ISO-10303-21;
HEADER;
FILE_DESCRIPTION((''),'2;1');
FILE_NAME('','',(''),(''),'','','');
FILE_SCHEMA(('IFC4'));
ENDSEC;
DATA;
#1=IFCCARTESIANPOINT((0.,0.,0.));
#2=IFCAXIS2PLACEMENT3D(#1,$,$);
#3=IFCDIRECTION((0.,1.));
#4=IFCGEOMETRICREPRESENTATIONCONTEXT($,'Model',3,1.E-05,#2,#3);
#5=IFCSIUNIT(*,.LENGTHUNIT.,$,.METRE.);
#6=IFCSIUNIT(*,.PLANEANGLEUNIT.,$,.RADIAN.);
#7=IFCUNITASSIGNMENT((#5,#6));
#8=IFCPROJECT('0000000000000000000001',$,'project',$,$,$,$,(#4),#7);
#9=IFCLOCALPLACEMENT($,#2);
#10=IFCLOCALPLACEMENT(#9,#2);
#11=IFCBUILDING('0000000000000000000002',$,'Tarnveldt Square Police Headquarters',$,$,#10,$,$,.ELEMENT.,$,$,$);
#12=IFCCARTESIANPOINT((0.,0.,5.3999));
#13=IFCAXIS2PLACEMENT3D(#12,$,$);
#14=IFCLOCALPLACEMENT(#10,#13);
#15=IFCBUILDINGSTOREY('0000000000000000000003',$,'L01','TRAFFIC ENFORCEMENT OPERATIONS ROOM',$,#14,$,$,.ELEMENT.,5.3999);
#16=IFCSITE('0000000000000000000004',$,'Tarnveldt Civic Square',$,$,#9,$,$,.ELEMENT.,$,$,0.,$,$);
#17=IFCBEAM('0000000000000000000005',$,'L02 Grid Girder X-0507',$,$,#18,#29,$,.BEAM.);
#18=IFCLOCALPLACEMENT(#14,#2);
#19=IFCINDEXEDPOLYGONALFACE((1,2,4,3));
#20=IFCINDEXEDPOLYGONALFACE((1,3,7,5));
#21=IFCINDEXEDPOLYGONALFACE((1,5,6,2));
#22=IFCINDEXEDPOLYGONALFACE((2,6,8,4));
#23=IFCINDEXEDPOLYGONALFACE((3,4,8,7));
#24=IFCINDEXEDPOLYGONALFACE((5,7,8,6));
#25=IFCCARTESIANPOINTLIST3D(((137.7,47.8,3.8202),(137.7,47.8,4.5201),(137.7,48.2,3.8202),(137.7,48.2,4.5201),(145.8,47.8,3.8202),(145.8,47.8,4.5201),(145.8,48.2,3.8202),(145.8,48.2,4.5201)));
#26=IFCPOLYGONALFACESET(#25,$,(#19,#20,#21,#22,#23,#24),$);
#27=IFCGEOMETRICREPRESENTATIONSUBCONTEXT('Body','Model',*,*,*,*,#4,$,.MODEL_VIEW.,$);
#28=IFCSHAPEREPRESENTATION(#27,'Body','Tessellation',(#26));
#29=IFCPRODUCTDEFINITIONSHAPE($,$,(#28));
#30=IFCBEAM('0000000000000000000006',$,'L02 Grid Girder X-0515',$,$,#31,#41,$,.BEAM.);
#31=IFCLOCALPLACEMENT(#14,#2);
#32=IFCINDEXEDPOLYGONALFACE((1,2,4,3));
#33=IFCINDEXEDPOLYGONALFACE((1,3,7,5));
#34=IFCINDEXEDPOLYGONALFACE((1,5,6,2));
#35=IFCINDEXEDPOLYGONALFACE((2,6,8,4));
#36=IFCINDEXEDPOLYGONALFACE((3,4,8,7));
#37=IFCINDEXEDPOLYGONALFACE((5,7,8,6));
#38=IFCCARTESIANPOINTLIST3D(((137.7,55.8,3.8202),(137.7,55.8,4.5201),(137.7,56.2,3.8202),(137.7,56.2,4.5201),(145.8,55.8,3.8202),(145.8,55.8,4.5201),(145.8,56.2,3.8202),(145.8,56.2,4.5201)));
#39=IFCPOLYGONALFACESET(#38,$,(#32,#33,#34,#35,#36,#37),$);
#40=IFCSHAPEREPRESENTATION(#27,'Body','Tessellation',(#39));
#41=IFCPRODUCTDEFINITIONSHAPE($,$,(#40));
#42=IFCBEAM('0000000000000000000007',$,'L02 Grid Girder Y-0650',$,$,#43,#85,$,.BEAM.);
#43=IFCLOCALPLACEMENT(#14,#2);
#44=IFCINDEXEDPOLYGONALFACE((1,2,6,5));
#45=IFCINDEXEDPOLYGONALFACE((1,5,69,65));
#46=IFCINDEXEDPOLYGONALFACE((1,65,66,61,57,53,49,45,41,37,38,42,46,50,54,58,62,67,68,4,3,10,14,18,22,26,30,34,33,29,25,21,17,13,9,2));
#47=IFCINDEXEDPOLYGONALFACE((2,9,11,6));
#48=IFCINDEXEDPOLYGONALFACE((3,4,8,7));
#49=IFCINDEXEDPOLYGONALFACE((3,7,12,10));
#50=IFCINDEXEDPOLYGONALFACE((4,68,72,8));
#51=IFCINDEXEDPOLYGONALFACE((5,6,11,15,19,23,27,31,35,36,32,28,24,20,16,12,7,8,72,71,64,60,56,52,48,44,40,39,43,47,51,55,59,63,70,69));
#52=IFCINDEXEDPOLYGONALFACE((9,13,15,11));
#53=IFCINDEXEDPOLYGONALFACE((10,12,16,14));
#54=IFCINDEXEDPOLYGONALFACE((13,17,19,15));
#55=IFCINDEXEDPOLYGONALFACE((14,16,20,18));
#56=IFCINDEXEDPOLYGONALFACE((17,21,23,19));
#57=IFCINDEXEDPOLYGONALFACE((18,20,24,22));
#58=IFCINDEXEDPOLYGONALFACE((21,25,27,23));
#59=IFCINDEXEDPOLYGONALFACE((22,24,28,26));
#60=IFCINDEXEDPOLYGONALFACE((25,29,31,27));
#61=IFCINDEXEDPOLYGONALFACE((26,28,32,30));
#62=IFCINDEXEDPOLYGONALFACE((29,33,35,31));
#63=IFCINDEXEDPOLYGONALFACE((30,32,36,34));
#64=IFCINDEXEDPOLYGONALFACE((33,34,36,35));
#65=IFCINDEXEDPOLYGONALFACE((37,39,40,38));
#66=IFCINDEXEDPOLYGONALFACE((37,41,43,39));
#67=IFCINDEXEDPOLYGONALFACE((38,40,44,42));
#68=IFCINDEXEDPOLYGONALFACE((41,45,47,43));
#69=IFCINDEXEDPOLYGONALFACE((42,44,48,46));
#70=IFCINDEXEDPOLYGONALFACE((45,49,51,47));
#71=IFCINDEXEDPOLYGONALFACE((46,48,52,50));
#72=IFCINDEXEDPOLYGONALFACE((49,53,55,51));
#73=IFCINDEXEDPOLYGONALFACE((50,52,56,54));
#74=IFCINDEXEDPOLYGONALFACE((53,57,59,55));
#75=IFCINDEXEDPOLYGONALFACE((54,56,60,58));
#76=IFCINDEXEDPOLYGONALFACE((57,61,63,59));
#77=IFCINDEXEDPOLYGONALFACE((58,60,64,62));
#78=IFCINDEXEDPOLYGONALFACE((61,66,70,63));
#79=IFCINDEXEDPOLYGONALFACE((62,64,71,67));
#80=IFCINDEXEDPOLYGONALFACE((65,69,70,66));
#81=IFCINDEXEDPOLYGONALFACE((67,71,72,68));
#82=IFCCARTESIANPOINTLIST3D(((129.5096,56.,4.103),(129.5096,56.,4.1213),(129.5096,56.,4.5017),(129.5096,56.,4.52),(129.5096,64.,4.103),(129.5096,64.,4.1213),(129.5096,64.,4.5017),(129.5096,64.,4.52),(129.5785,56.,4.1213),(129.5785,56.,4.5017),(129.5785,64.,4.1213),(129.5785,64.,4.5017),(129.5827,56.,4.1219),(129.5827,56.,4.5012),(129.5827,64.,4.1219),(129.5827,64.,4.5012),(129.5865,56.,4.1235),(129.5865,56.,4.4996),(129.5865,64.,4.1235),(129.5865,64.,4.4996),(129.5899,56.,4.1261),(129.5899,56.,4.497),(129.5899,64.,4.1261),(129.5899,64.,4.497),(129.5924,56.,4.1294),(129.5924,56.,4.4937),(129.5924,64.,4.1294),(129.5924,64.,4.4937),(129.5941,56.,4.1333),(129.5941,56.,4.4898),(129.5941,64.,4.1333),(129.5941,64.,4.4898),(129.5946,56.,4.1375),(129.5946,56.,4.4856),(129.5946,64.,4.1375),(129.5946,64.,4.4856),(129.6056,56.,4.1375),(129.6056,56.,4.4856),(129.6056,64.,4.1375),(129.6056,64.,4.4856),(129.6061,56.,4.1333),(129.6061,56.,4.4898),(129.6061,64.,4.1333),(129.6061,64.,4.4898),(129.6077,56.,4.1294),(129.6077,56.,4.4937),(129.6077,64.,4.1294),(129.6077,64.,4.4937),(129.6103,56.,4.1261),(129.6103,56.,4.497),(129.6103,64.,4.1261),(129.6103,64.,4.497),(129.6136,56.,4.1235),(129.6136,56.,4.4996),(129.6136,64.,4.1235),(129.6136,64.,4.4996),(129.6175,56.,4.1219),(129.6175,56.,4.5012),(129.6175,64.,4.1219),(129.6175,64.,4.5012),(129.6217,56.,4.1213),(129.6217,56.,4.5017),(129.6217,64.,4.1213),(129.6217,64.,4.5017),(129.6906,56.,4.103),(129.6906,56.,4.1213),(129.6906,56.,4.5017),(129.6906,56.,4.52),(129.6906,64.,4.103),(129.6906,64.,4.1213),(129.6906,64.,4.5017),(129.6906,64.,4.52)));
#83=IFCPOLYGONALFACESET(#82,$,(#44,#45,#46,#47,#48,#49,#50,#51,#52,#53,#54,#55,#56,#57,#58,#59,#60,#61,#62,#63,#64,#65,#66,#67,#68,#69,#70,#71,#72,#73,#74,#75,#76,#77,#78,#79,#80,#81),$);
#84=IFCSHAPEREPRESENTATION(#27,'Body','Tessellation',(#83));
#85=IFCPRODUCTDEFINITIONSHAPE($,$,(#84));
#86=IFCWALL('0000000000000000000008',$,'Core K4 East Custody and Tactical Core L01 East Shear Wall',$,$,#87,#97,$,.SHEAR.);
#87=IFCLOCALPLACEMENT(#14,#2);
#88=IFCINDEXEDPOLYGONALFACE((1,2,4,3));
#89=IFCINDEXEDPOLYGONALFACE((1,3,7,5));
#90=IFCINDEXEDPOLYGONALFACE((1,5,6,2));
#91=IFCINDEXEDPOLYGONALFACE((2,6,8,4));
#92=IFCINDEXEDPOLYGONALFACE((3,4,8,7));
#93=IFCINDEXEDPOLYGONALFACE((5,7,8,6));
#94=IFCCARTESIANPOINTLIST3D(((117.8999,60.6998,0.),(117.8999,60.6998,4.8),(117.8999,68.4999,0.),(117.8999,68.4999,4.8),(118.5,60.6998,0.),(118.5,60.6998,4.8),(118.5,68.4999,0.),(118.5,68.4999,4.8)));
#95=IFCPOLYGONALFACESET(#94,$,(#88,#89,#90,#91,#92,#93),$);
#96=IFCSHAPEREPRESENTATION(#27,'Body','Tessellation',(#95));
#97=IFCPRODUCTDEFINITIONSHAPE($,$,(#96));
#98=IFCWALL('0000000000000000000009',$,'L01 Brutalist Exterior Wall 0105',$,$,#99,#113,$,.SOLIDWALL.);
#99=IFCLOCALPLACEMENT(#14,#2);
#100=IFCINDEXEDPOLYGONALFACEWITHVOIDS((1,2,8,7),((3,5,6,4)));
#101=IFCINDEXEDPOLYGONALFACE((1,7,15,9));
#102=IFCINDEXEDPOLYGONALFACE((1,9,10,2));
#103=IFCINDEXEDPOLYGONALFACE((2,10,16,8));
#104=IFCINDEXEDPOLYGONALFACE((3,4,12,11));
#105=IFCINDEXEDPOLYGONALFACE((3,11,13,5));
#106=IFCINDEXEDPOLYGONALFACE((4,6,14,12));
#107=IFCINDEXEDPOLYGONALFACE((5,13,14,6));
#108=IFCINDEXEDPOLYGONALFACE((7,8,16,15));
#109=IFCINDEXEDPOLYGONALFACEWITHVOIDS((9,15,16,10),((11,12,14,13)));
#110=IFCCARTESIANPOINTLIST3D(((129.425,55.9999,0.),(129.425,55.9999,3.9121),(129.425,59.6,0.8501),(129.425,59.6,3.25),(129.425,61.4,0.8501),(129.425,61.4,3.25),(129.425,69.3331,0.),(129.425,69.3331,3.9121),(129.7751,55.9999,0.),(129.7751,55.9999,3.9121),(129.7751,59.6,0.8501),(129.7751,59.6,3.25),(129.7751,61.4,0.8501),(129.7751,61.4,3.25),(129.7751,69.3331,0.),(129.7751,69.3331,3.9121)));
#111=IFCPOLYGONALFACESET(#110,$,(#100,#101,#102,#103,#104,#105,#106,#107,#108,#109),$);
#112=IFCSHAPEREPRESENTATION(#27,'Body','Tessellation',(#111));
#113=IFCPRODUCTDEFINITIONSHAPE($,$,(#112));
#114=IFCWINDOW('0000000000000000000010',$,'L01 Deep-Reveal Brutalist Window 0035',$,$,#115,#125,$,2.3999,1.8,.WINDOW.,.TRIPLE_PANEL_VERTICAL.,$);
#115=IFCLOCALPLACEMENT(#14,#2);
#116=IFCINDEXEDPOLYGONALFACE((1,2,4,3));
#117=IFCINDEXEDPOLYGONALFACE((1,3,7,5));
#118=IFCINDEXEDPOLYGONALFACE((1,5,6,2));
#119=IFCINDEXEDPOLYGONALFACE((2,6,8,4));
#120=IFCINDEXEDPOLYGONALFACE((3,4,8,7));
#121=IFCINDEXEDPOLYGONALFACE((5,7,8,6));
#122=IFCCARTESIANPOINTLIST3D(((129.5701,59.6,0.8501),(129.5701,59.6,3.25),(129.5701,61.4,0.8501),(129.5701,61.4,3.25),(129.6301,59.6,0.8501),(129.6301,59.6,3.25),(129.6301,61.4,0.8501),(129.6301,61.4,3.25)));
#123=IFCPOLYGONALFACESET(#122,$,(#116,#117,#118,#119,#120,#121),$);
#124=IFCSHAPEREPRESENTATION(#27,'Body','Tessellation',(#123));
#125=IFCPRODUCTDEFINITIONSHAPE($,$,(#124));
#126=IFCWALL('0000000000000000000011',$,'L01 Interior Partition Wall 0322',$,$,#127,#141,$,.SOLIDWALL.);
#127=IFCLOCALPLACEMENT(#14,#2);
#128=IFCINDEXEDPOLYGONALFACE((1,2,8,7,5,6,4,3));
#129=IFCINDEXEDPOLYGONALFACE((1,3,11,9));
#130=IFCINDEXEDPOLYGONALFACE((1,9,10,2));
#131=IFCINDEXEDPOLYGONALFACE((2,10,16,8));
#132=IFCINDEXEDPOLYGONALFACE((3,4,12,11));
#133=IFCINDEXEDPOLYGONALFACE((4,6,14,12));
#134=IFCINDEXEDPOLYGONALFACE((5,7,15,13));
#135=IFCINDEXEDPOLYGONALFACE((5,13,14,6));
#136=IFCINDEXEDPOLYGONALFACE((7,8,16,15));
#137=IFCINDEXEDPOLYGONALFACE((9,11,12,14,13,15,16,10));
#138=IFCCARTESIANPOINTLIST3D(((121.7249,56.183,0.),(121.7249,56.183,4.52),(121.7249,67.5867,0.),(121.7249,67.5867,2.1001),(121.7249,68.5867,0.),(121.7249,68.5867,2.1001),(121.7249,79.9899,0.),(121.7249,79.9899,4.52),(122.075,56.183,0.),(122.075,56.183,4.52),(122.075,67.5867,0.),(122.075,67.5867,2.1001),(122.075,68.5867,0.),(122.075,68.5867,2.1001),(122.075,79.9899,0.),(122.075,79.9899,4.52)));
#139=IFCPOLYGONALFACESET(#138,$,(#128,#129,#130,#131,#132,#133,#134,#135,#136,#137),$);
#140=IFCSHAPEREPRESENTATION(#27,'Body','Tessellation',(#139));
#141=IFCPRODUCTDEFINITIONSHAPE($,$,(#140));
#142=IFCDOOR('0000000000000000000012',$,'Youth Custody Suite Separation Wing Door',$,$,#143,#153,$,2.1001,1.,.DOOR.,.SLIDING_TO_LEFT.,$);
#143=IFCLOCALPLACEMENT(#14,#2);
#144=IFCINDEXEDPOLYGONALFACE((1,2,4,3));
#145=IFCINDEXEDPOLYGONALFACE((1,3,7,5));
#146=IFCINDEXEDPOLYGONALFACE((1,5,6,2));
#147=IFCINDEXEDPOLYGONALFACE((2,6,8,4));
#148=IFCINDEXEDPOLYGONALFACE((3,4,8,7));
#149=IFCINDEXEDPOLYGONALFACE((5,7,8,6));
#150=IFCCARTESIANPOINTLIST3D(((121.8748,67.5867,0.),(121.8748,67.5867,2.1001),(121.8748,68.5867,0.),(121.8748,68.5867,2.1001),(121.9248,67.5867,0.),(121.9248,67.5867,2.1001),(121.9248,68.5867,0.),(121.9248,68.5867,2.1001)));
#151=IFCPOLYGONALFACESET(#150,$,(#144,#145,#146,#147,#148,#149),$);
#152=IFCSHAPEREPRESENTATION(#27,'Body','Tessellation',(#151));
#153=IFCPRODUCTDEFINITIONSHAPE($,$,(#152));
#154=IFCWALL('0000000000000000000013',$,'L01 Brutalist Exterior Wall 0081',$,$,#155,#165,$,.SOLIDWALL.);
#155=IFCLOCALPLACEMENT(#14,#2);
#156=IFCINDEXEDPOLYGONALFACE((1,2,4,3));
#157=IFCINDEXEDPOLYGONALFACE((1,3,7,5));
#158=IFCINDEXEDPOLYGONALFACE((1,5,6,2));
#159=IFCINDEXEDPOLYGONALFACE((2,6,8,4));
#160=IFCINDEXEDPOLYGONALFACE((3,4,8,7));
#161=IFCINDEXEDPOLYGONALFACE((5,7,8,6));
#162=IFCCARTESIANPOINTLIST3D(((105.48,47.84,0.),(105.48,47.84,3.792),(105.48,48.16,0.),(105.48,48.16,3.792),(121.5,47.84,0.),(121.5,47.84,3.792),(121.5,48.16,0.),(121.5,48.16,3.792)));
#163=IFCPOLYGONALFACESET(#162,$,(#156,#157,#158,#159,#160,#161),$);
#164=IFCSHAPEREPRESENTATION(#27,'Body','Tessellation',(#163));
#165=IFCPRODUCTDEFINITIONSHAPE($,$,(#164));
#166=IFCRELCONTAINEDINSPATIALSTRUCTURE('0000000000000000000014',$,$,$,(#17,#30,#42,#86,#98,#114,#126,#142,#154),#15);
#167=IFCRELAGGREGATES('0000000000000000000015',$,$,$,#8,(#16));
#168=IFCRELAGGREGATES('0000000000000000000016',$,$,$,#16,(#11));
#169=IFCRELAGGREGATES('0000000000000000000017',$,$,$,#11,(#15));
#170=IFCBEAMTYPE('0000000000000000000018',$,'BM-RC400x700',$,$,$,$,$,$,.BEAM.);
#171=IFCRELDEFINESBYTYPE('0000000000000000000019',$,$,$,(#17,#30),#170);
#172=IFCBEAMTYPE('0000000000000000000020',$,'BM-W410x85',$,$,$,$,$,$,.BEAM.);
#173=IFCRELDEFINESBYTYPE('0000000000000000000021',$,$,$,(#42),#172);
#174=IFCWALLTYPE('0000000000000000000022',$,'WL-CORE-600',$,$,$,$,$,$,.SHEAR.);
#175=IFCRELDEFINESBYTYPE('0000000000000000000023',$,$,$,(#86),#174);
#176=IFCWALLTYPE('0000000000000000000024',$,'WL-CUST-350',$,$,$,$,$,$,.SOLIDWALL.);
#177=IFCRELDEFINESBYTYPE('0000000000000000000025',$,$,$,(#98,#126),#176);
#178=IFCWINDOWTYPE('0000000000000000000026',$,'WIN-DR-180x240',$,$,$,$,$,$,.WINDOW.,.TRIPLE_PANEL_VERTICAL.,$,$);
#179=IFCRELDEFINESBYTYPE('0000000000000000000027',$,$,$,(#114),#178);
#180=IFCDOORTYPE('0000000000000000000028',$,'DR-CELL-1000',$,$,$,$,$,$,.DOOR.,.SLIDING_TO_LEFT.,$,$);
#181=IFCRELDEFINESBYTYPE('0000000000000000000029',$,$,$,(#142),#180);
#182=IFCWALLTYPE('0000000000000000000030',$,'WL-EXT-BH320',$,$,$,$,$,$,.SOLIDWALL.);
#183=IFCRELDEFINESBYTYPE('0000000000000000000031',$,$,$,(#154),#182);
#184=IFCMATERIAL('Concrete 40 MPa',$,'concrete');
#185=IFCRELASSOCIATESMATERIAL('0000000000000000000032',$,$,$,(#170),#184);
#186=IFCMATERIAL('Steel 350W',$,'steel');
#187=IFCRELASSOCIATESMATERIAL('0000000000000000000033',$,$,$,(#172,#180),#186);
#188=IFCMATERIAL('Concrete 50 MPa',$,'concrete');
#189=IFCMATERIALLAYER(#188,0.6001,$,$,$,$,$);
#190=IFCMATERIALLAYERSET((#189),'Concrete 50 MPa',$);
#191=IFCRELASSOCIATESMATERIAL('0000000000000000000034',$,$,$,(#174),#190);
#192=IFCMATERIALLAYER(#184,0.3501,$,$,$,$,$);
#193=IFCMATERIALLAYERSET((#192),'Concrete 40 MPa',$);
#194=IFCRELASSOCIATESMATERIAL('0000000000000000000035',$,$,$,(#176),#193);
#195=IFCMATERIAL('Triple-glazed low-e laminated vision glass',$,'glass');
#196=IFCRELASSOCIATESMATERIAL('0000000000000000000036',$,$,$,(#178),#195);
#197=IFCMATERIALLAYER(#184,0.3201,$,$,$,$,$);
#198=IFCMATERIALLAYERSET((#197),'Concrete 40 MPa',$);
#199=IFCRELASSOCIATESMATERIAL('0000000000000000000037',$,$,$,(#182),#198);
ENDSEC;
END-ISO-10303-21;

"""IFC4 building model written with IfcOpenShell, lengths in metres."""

from ifc_helpers import new_model, si_unit, direction, frame, frame_2d, origin, origin_2d, place, context, subcontext, project, spatial, rectangle, i_section, extrude, material, layer, layer_set, material_profile, profile_set, type_object, element, fill, save


model = new_model("IFC4")

# Units and contexts
model_context = context("Model", 3, precision=1e-05, world=origin(), true_north=direction((0.0, 1.0)))
body_context = subcontext(model_context, "Body", "Model", "MODEL_VIEW")
ifc_project = project(units=[si_unit("LENGTHUNIT", "METRE"), si_unit("PLANEANGLEUNIT", "RADIAN")], contexts=[model_context])

# Site, building, storey
site_placement = place(None, origin())
site = spatial("IfcSite", under=ifc_project, at=site_placement, Name="Tarnveldt Civic Square", CompositionType="ELEMENT", RefElevation=0.0)
building_placement = place(site_placement, origin())
building = spatial("IfcBuilding", under=site, at=building_placement, Name="Tarnveldt Square Police Headquarters", CompositionType="ELEMENT")
storey_placement = place(building_placement, frame((0.0, 0.0, 5.3999)))
storey = spatial("IfcBuildingStorey", under=building, at=storey_placement, Name="L01", Description="TRAFFIC ENFORCEMENT OPERATIONS ROOM", CompositionType="ELEMENT", Elevation=5.3999)

# Shared definitions
ifc_material_1 = material(Name="Concrete 40 MPa", Category="concrete")
ifc_material_2 = material(Name="Steel 350W", Category="steel")

# Beams
ifc_material_profile_1 = material_profile(ifc_material_1, rectangle(XDim=0.3999, YDim=0.7, at=origin_2d()), Name="RC-B400x700")
ifc_profile_set_1 = profile_set([ifc_material_profile_1], Name="Concrete 40 MPa")
beam_type_1 = type_object("IfcBeamType", Name="BM-RC400x700", PredefinedType="BEAM", material=ifc_profile_set_1)
for number, where, z_axis, x_axis, name in (
    (1, (137.7, 48.0, 4.1702), (1.0, 0.0, 0.0), (0.0, 1.0, 0.0), "L02 Grid Girder X-0507"),
    (2, (137.7, 56.0, 4.1702), (1.0, 0.0, 0.0), (0.0, 1.0, 0.0), "L02 Grid Girder X-0515"),
):
    element("IfcBeam", number, at=place(storey_placement, frame(where, z_axis=z_axis, x_axis=x_axis)), inside=storey, type_object=beam_type_1, Name=name, PredefinedType="BEAM", context=body_context, shape_type="SweptSolid", body=[
        extrude(rectangle(XDim=0.3999, YDim=0.7, at=origin_2d()), origin(), (0.0, 0.0, 1.0), 8.1001),
    ])
ifc_material_profile_2 = material_profile(ifc_material_2, i_section(OverallWidth=0.1809, OverallDepth=0.417, WebThickness=0.011, FlangeThickness=0.0183, FilletRadius=0.0161, at=origin_2d()), Name="W410x85")
ifc_profile_set_2 = profile_set([ifc_material_profile_2], Name="Steel 350W")
beam_type_2 = type_object("IfcBeamType", Name="BM-W410x85", PredefinedType="BEAM", material=ifc_profile_set_2)
beam_placement = place(storey_placement, frame((129.6001, 56.0, 4.3115), z_axis=(0.0, 1.0, 0.0), x_axis=(-1.0, 0.0, 0.0)))
element("IfcBeam", 3, at=beam_placement, inside=storey, type_object=beam_type_2, Name="L02 Grid Girder Y-0650", PredefinedType="BEAM", context=body_context, shape_type="SweptSolid", body=[
    extrude(i_section(OverallWidth=0.1809, OverallDepth=0.417, WebThickness=0.011, FlangeThickness=0.0183, FilletRadius=0.0161, at=origin_2d()), origin(), (0.0, 0.0, 1.0), 8.0),
])

# Wall
ifc_material_3 = material(Name="Concrete 50 MPa", Category="concrete")
ifc_layer_1 = layer(ifc_material_3, 0.6001)
ifc_layer_set_1 = layer_set([ifc_layer_1], Name="Concrete 50 MPa")
wall_type_1 = type_object("IfcWallType", Name="WL-CORE-600", PredefinedType="SHEAR", material=ifc_layer_set_1)
wall_1_placement = place(storey_placement, frame((118.2, 60.7, 0.0), z_axis=(0.0, 0.0, 1.0), x_axis=(0.0, 1.0, 0.0)))
element("IfcWall", 4, at=wall_1_placement, inside=storey, type_object=wall_type_1, Name="Core K4 East Custody and Tactical Core L01 East Shear Wall", PredefinedType="SHEAR", context=body_context, shape_type="SweptSolid", body=[
    extrude(rectangle(XDim=7.8, YDim=0.6001, at=frame_2d((3.8999, 0.0))), origin(), (0.0, 0.0, 1.0), 4.8),
])

# Wall, opening, window
ifc_layer_2 = layer(ifc_material_1, 0.3501)
ifc_layer_set_2 = layer_set([ifc_layer_2], Name="Concrete 40 MPa")
wall_type_2 = type_object("IfcWallType", Name="WL-CUST-350", PredefinedType="SOLIDWALL", material=ifc_layer_set_2)
wall_2_placement = place(storey_placement, frame((129.6001, 56.0, 0.0), z_axis=(0.0, 0.0, 1.0), x_axis=(0.0, 1.0, 0.0)))
wall_2 = element("IfcWall", 5, at=wall_2_placement, inside=storey, type_object=wall_type_2, Name="L01 Brutalist Exterior Wall 0105", PredefinedType="SOLIDWALL", context=body_context, shape_type="SweptSolid", body=[
    extrude(rectangle(XDim=13.3333, YDim=0.3501, at=frame_2d((6.6665, 0.0))), origin(), (0.0, 0.0, 1.0), 3.9121),
])
opening_1_placement = place(wall_2_placement, frame((3.6001, 0.0, 0.8501)))
opening_1 = element("IfcOpeningElement", 6, at=opening_1_placement, cuts=wall_2, PredefinedType="OPENING", context=body_context, shape_type="SweptSolid", body=[
    extrude(rectangle(XDim=1.8, YDim=2.3999, at=frame_2d((0.8999, 1.2))), frame((0.0, 0.1851, 0.0), z_axis=(0.0, -1.0, 0.0), x_axis=(1.0, 0.0, 0.0)), (0.0, 0.0, 1.0), 0.3701),
])
ifc_material_4 = material(Name="Triple-glazed low-e laminated vision glass", Category="glass")
window_type = type_object("IfcWindowType", Name="WIN-DR-180x240", PartitioningType="TRIPLE_PANEL_VERTICAL", PredefinedType="WINDOW", material=ifc_material_4)
window_placement = place(opening_1_placement, origin())
window = element("IfcWindow", 7, at=window_placement, inside=storey, type_object=window_type, Name="L01 Deep-Reveal Brutalist Window 0035", OverallHeight=2.3999, OverallWidth=1.8, PartitioningType="TRIPLE_PANEL_VERTICAL", PredefinedType="WINDOW", context=body_context, shape_type="SweptSolid", body=[
    extrude(rectangle(XDim=1.8, YDim=2.3999, at=frame_2d((0.8999, 1.2))), frame((0.0, 0.03, 0.0), z_axis=(0.0, -1.0, 0.0), x_axis=(1.0, 0.0, 0.0)), (0.0, 0.0, 1.0), 0.0601),
])
fill(opening_1, window)

# Wall, opening, door
wall_3_placement = place(storey_placement, frame((121.8999, 56.1831, 0.0), z_axis=(0.0, 0.0, 1.0), x_axis=(0.0, 1.0, 0.0)))
wall_3 = element("IfcWall", 8, at=wall_3_placement, inside=storey, type_object=wall_type_2, Name="L01 Interior Partition Wall 0322", PredefinedType="SOLIDWALL", context=body_context, shape_type="SweptSolid", body=[
    extrude(rectangle(XDim=23.8069, YDim=0.3501, at=frame_2d((11.9033, 0.0))), origin(), (0.0, 0.0, 1.0), 4.52),
])
opening_2_placement = place(wall_3_placement, frame((11.4036, 0.0, 0.0)))
opening_2 = element("IfcOpeningElement", 9, at=opening_2_placement, cuts=wall_3, PredefinedType="OPENING", context=body_context, shape_type="SweptSolid", body=[
    extrude(rectangle(XDim=1.0, YDim=2.1001, at=frame_2d((0.5, 1.05))), frame((0.0, 0.1851, 0.0), z_axis=(0.0, -1.0, 0.0), x_axis=(1.0, 0.0, 0.0)), (0.0, 0.0, 1.0), 0.3701),
])
door_type_1 = type_object("IfcDoorType", Name="DR-CELL-1000", OperationType="SLIDING_TO_LEFT", PredefinedType="DOOR", material=ifc_material_2)
door_1_placement = place(opening_2_placement, frame((1.0, 0.0, 0.0), z_axis=(0.0, 0.0, 1.0), x_axis=(-1.0, 0.0, 0.0)))
door_1 = element("IfcDoor", 10, at=door_1_placement, inside=storey, type_object=door_type_1, Name="Youth Custody Suite Separation Wing Door", OperationType="SLIDING_TO_LEFT", OverallHeight=2.1001, OverallWidth=1.0, PredefinedType="DOOR", context=body_context, shape_type="SweptSolid", body=[
    extrude(rectangle(XDim=1.0, YDim=2.1001, at=frame_2d((0.5, 1.05))), frame((0.0, 0.0249, 0.0), z_axis=(0.0, -1.0, 0.0), x_axis=(1.0, 0.0, 0.0)), (0.0, 0.0, 1.0), 0.05),
])
fill(opening_2, door_1)

# Wall
ifc_layer_3 = layer(ifc_material_1, 0.3201)
ifc_layer_set_3 = layer_set([ifc_layer_3], Name="Concrete 40 MPa")
wall_type_3 = type_object("IfcWallType", Name="WL-EXT-BH320", PredefinedType="SOLIDWALL", material=ifc_layer_set_3)
wall_4_placement = place(storey_placement, frame((121.5, 48.0, 0.0), z_axis=(0.0, 0.0, 1.0), x_axis=(-1.0, 0.0, 0.0)))
element("IfcWall", 11, at=wall_4_placement, inside=storey, type_object=wall_type_3, Name="L01 Brutalist Exterior Wall 0081", PredefinedType="SOLIDWALL", context=body_context, shape_type="SweptSolid", body=[
    extrude(rectangle(XDim=16.02, YDim=0.3201, at=frame_2d((8.01, 0.0))), origin(), (0.0, 0.0, 1.0), 3.792),
])

save(model, "model.ifc")
